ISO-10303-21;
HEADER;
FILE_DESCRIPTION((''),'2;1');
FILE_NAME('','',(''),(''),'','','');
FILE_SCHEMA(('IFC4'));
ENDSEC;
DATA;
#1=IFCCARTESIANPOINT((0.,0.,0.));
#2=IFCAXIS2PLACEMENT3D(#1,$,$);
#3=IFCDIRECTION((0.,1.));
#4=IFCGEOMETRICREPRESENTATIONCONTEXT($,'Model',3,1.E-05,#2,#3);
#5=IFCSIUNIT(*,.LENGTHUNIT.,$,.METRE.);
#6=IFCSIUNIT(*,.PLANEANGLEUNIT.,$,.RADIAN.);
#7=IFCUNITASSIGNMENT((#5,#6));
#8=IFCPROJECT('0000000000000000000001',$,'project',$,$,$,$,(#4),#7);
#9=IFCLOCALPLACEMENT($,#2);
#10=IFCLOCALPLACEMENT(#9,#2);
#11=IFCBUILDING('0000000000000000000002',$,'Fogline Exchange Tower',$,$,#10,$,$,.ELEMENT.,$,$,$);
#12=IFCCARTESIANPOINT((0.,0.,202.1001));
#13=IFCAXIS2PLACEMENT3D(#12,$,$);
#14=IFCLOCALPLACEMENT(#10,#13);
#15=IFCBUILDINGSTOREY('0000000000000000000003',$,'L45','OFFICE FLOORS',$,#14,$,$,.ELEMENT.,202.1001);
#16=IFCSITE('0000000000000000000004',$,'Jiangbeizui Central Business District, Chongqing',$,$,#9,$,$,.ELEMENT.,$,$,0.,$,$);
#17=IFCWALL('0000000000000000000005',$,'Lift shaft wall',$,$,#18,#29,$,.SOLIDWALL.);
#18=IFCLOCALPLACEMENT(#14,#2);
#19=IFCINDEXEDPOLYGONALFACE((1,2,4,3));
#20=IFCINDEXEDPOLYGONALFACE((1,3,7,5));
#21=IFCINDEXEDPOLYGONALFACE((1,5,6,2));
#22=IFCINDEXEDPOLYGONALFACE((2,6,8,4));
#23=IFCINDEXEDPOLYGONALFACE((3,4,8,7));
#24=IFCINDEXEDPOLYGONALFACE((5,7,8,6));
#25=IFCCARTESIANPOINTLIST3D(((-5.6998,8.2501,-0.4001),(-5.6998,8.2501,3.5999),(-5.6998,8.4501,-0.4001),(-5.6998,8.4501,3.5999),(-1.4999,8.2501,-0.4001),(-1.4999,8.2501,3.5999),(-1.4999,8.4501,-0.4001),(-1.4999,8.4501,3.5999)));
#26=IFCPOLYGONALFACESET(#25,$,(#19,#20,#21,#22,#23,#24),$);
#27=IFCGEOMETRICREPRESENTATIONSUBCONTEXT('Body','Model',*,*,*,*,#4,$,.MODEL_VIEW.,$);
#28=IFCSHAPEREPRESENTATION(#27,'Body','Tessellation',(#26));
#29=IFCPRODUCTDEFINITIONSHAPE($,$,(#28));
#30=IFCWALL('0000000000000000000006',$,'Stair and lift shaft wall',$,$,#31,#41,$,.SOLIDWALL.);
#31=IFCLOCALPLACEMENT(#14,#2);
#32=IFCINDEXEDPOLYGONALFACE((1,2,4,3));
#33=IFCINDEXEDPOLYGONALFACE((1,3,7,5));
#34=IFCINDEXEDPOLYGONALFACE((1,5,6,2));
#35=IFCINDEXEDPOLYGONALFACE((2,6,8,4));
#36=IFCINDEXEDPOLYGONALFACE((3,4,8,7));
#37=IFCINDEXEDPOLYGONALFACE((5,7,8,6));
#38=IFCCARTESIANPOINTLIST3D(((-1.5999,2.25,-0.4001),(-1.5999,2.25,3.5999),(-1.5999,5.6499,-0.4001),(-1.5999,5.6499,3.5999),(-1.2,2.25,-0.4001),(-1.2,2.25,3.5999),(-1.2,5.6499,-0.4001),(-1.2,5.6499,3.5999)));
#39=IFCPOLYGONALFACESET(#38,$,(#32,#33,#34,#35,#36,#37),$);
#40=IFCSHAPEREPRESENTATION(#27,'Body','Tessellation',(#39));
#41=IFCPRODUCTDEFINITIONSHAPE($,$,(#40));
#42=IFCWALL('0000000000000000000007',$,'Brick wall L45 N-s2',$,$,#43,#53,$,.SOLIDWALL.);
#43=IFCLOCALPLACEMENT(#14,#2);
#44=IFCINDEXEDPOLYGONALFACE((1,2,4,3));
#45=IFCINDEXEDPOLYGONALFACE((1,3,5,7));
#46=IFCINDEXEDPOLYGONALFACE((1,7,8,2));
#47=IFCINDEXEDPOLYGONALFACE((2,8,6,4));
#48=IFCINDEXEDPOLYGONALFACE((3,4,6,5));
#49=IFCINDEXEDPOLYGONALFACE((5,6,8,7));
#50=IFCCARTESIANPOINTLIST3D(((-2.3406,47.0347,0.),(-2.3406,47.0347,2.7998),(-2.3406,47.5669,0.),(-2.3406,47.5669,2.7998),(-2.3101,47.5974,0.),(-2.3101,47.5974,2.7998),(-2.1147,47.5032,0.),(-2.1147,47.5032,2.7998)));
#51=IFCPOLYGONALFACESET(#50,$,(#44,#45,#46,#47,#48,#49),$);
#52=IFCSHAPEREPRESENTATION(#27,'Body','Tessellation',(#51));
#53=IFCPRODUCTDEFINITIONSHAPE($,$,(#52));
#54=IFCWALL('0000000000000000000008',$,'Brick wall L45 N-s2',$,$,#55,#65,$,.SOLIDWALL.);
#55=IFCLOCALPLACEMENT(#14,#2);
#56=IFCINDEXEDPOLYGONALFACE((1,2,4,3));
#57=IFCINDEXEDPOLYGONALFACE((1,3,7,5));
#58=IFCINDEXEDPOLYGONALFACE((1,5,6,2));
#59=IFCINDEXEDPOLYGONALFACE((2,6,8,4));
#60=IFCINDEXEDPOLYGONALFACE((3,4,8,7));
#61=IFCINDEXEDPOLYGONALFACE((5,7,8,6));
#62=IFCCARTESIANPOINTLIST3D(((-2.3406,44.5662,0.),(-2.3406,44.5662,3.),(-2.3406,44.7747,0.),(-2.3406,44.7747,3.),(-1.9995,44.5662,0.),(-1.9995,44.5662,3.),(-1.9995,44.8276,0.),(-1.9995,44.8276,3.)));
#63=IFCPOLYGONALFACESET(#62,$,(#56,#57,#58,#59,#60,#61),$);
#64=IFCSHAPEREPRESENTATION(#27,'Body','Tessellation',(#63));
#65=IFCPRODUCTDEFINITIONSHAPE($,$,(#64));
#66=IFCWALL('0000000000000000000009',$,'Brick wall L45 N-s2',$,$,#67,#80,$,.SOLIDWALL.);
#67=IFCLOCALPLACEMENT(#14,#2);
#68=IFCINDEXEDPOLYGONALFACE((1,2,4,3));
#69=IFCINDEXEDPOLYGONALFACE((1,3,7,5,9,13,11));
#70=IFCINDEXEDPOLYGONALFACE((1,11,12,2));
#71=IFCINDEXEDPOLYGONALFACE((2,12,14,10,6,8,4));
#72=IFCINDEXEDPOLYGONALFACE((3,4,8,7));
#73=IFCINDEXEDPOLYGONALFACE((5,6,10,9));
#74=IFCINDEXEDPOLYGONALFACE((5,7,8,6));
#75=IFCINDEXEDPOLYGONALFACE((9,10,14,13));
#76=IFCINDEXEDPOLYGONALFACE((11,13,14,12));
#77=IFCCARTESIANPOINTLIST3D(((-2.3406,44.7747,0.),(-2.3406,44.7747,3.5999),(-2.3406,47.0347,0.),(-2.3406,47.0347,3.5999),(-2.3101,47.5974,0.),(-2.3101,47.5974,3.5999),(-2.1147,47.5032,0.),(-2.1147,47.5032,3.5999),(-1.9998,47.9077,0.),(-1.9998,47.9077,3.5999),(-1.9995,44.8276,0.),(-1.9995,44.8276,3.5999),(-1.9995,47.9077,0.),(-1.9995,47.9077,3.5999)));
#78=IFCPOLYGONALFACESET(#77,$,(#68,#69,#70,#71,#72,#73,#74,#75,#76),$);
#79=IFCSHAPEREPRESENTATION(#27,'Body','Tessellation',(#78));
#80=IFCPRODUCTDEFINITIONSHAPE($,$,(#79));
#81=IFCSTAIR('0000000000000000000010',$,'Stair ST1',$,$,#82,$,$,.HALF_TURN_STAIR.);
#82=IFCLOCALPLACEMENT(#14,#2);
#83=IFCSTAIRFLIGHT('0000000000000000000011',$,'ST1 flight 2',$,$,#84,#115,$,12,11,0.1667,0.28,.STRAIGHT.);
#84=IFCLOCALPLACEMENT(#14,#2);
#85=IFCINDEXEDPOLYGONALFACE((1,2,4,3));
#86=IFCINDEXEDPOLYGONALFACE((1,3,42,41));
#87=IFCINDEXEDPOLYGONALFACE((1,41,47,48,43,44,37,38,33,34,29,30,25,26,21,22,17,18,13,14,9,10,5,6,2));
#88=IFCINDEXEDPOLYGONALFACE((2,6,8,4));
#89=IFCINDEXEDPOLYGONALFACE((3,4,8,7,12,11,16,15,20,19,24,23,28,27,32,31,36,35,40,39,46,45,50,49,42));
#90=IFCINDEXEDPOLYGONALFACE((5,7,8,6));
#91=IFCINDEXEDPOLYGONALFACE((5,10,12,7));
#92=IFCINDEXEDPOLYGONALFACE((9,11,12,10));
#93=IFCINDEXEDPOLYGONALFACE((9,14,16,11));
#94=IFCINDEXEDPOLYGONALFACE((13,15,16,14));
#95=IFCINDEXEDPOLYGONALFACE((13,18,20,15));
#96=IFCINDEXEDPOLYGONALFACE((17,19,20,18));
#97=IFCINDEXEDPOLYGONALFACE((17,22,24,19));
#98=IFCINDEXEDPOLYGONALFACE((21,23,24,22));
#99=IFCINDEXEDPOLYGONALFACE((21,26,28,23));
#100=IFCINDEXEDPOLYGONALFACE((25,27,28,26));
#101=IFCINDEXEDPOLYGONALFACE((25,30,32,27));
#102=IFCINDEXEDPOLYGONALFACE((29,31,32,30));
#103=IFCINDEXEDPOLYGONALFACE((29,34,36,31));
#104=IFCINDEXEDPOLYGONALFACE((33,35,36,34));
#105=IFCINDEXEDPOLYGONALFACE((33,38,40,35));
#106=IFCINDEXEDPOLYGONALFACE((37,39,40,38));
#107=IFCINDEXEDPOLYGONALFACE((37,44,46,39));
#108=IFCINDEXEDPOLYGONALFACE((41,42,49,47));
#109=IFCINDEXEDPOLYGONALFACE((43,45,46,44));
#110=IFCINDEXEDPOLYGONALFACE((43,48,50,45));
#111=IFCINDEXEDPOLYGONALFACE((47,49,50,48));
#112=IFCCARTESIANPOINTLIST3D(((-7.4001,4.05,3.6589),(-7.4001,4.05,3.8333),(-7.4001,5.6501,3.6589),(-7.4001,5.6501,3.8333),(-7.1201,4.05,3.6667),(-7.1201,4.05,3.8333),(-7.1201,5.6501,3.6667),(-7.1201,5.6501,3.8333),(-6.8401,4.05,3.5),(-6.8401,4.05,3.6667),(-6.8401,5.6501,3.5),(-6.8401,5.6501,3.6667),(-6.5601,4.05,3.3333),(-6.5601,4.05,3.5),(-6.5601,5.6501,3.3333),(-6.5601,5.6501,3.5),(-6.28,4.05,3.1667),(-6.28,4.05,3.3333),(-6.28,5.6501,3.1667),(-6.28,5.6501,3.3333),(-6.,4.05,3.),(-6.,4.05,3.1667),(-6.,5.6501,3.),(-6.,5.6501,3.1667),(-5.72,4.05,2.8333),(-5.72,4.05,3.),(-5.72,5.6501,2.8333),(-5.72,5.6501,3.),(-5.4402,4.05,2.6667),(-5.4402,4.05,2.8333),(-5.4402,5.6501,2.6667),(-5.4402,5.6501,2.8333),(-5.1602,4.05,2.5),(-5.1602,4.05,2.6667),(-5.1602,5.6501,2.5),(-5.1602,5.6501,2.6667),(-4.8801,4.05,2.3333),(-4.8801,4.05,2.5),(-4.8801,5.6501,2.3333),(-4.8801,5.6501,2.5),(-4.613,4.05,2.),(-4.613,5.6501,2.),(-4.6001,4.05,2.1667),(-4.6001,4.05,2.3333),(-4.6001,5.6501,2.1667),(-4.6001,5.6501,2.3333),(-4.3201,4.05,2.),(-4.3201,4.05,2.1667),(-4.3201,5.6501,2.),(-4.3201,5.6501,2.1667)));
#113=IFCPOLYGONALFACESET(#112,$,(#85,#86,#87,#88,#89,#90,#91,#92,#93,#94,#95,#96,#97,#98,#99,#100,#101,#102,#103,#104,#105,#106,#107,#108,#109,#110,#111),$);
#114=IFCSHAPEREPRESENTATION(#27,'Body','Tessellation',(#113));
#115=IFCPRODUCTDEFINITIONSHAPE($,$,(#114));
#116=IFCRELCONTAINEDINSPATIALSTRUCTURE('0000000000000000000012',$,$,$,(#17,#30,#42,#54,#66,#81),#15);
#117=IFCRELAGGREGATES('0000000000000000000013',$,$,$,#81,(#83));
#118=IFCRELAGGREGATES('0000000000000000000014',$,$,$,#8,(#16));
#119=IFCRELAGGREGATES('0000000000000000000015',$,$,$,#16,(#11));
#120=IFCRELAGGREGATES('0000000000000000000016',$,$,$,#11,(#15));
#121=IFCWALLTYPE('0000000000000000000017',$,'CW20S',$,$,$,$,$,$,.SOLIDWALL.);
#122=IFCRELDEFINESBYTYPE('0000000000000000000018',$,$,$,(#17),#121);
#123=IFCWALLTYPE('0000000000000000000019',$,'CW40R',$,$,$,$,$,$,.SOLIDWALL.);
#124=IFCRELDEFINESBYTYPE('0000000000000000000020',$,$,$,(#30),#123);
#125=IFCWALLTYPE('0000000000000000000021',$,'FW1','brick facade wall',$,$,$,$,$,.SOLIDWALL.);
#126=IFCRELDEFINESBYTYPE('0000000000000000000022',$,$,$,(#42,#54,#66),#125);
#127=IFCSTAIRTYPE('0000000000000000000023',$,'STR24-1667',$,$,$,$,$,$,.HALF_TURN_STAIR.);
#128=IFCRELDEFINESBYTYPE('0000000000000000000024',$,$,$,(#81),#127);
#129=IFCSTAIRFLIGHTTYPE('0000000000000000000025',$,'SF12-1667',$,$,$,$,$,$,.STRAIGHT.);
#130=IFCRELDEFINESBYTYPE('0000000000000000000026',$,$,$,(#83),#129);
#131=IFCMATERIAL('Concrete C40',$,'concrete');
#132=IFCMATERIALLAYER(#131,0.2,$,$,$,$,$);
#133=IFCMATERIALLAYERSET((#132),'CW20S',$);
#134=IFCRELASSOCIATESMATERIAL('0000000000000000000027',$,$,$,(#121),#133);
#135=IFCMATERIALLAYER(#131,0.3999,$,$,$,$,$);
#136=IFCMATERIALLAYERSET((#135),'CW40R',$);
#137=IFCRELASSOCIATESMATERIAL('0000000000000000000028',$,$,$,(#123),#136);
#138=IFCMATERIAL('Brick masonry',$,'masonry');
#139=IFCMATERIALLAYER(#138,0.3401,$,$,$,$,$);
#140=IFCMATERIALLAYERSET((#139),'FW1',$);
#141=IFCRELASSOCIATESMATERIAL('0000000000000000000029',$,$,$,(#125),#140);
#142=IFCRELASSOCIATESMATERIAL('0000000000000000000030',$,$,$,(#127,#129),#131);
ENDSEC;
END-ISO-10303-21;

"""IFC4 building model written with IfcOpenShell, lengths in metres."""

from ifc_helpers import new_model, si_unit, direction, frame, frame_2d, origin, place, context, subcontext, project, spatial, polyline, rectangle, outline, extrude, material, layer, layer_set, type_object, element, aggregate, save


model = new_model("IFC4")

# Units and contexts
model_context = context("Model", 3, precision=1e-05, world=origin(), true_north=direction((0.0, 1.0)))
body_context = subcontext(model_context, "Body", "Model", "MODEL_VIEW")
ifc_project = project(units=[si_unit("LENGTHUNIT", "METRE"), si_unit("PLANEANGLEUNIT", "RADIAN")], contexts=[model_context])

# Site, building, storey
site_placement = place(None, origin())
site = spatial("IfcSite", under=ifc_project, at=site_placement, Name="Jiangbeizui Central Business District, Chongqing", CompositionType="ELEMENT", RefElevation=0.0)
building_placement = place(site_placement, origin())
building = spatial("IfcBuilding", under=site, at=building_placement, Name="Fogline Exchange Tower", CompositionType="ELEMENT")
storey_placement = place(building_placement, frame((0.0, 0.0, 202.1001)))
storey = spatial("IfcBuildingStorey", under=building, at=storey_placement, Name="L45", Description="OFFICE FLOORS", CompositionType="ELEMENT", Elevation=202.1001)

# Shared definitions
ifc_material_1 = material(Name="Concrete C40", Category="concrete")

# Shared definitions
ifc_layer_1 = layer(ifc_material_1, 0.2)
ifc_layer_set_1 = layer_set([ifc_layer_1], Name="CW20S")
wall_type_1 = type_object("IfcWallType", Name="CW20S", PredefinedType="SOLIDWALL", material=ifc_layer_set_1)

# Walls
wall_1_placement = place(storey_placement, frame((-5.7, 8.3501, -0.4001), z_axis=(0.0, 0.0, 1.0), x_axis=(1.0, 0.0, 0.0)))
element("IfcWall", 1, at=wall_1_placement, inside=storey, type_object=wall_type_1, Name="Lift shaft wall", PredefinedType="SOLIDWALL", context=body_context, shape_type="SweptSolid", body=[
    extrude(rectangle(XDim=4.2, YDim=0.2, at=frame_2d((2.1001, 0.0))), origin(), (0.0, 0.0, 1.0), 4.0),
])
ifc_layer_2 = layer(ifc_material_1, 0.3999)
ifc_layer_set_2 = layer_set([ifc_layer_2], Name="CW40R")
wall_type_2 = type_object("IfcWallType", Name="CW40R", PredefinedType="SOLIDWALL", material=ifc_layer_set_2)
wall_2_placement = place(storey_placement, frame((-1.3999, 2.25, -0.4001), z_axis=(0.0, 0.0, 1.0), x_axis=(0.0, 1.0, 0.0)))
element("IfcWall", 2, at=wall_2_placement, inside=storey, type_object=wall_type_2, Name="Stair and lift shaft wall", PredefinedType="SOLIDWALL", context=body_context, shape_type="SweptSolid", body=[
    extrude(rectangle(XDim=3.3999, YDim=0.3999, at=frame_2d((1.7, 0.0))), origin(), (0.0, 0.0, 1.0), 4.0),
])
ifc_material_2 = material(Name="Brick masonry", Category="masonry")
ifc_layer_3 = layer(ifc_material_2, 0.3401)
ifc_layer_set_3 = layer_set([ifc_layer_3], Name="FW1")
wall_type_3 = type_object("IfcWallType", Name="FW1", Description="brick facade wall", PredefinedType="SOLIDWALL", material=ifc_layer_set_3)
wall_3_placement = place(storey_placement, origin())
element("IfcWall", 3, at=wall_3_placement, inside=storey, type_object=wall_type_3, Name="Brick wall L45 N-s2", PredefinedType="SOLIDWALL", context=body_context, shape_type="SweptSolid", body=[
    extrude(outline(polyline([(-2.3406, 47.5669), (-2.3101, 47.5974), (-2.1147, 47.5032), (-2.3406, 47.0347), (-2.3406, 47.5669)])), origin(), (0.0, 0.0, 1.0), 2.7998),
])
wall_4_placement = place(storey_placement, origin())
element("IfcWall", 4, at=wall_4_placement, inside=storey, type_object=wall_type_3, Name="Brick wall L45 N-s2", PredefinedType="SOLIDWALL", context=body_context, shape_type="SweptSolid", body=[
    extrude(outline(polyline([(-2.3406, 44.5662), (-2.3406, 44.7747), (-1.9995, 44.8276), (-1.9995, 44.5662), (-2.3406, 44.5662)])), origin(), (0.0, 0.0, 1.0), 3.0),
])
wall_5_placement = place(storey_placement, origin())
element("IfcWall", 5, at=wall_5_placement, inside=storey, type_object=wall_type_3, Name="Brick wall L45 N-s2", PredefinedType="SOLIDWALL", context=body_context, shape_type="SweptSolid", body=[
    extrude(outline(polyline([(-2.3406, 47.0347), (-2.1147, 47.5032), (-2.3101, 47.5974), (-1.9998, 47.9077), (-1.9995, 47.9077), (-1.9995, 44.8276), (-2.3406, 44.7747), (-2.3406, 47.0347)])), origin(), (0.0, 0.0, 1.0), 3.5999),
])

# Stair, stair flight
stair_type = type_object("IfcStairType", Name="STR24-1667", PredefinedType="HALF_TURN_STAIR", material=ifc_material_1)
stair_placement = place(storey_placement, origin())
stair = element("IfcStair", 6, at=stair_placement, inside=storey, type_object=stair_type, Name="Stair ST1", PredefinedType="HALF_TURN_STAIR")
stair_flight_type = type_object("IfcStairFlightType", Name="SF12-1667", PredefinedType="STRAIGHT", material=ifc_material_1)
stair_flight_placement = place(storey_placement, frame((-4.3201, 4.8501, 2.0), z_axis=(0.0, 0.0, 1.0), x_axis=(-1.0, 0.0, 0.0)))
stair_flight = element("IfcStairFlight", 7, at=stair_flight_placement, type_object=stair_flight_type, Name="ST1 flight 2", NumberOfRisers=12, NumberOfTreads=11, PredefinedType="STRAIGHT", RiserHeight=0.1667, TreadLength=0.28, context=body_context, shape_type="SweptSolid", body=[
    extrude(outline(polyline([(0.0, 0.0), (0.0, 0.1667), (0.28, 0.1667), (0.28, 0.3333), (0.5601, 0.3333), (0.5601, 0.5), (0.8401, 0.5), (0.8401, 0.6667), (1.1201, 0.6667), (1.1201, 0.8333), (1.3999, 0.8333), (1.3999, 1.0), (1.6799, 1.0), (1.6799, 1.1667), (1.96, 1.1667), (1.96, 1.3333), (2.24, 1.3333), (2.24, 1.5), (2.52, 1.5), (2.52, 1.6667), (2.8, 1.6667), (2.8, 1.8333), (3.0801, 1.8333), (3.0801, 2.0), (3.0801, 1.6589), (0.293, 0.0), (0.0, 0.0)])), frame((0.0, 0.8, 0.0), z_axis=(0.0, -1.0, 0.0), x_axis=(1.0, 0.0, 0.0)), (0.0, 0.0, 1.0), 1.6001),
])
aggregate(stair, [stair_flight])

save(model, "model.ifc")
